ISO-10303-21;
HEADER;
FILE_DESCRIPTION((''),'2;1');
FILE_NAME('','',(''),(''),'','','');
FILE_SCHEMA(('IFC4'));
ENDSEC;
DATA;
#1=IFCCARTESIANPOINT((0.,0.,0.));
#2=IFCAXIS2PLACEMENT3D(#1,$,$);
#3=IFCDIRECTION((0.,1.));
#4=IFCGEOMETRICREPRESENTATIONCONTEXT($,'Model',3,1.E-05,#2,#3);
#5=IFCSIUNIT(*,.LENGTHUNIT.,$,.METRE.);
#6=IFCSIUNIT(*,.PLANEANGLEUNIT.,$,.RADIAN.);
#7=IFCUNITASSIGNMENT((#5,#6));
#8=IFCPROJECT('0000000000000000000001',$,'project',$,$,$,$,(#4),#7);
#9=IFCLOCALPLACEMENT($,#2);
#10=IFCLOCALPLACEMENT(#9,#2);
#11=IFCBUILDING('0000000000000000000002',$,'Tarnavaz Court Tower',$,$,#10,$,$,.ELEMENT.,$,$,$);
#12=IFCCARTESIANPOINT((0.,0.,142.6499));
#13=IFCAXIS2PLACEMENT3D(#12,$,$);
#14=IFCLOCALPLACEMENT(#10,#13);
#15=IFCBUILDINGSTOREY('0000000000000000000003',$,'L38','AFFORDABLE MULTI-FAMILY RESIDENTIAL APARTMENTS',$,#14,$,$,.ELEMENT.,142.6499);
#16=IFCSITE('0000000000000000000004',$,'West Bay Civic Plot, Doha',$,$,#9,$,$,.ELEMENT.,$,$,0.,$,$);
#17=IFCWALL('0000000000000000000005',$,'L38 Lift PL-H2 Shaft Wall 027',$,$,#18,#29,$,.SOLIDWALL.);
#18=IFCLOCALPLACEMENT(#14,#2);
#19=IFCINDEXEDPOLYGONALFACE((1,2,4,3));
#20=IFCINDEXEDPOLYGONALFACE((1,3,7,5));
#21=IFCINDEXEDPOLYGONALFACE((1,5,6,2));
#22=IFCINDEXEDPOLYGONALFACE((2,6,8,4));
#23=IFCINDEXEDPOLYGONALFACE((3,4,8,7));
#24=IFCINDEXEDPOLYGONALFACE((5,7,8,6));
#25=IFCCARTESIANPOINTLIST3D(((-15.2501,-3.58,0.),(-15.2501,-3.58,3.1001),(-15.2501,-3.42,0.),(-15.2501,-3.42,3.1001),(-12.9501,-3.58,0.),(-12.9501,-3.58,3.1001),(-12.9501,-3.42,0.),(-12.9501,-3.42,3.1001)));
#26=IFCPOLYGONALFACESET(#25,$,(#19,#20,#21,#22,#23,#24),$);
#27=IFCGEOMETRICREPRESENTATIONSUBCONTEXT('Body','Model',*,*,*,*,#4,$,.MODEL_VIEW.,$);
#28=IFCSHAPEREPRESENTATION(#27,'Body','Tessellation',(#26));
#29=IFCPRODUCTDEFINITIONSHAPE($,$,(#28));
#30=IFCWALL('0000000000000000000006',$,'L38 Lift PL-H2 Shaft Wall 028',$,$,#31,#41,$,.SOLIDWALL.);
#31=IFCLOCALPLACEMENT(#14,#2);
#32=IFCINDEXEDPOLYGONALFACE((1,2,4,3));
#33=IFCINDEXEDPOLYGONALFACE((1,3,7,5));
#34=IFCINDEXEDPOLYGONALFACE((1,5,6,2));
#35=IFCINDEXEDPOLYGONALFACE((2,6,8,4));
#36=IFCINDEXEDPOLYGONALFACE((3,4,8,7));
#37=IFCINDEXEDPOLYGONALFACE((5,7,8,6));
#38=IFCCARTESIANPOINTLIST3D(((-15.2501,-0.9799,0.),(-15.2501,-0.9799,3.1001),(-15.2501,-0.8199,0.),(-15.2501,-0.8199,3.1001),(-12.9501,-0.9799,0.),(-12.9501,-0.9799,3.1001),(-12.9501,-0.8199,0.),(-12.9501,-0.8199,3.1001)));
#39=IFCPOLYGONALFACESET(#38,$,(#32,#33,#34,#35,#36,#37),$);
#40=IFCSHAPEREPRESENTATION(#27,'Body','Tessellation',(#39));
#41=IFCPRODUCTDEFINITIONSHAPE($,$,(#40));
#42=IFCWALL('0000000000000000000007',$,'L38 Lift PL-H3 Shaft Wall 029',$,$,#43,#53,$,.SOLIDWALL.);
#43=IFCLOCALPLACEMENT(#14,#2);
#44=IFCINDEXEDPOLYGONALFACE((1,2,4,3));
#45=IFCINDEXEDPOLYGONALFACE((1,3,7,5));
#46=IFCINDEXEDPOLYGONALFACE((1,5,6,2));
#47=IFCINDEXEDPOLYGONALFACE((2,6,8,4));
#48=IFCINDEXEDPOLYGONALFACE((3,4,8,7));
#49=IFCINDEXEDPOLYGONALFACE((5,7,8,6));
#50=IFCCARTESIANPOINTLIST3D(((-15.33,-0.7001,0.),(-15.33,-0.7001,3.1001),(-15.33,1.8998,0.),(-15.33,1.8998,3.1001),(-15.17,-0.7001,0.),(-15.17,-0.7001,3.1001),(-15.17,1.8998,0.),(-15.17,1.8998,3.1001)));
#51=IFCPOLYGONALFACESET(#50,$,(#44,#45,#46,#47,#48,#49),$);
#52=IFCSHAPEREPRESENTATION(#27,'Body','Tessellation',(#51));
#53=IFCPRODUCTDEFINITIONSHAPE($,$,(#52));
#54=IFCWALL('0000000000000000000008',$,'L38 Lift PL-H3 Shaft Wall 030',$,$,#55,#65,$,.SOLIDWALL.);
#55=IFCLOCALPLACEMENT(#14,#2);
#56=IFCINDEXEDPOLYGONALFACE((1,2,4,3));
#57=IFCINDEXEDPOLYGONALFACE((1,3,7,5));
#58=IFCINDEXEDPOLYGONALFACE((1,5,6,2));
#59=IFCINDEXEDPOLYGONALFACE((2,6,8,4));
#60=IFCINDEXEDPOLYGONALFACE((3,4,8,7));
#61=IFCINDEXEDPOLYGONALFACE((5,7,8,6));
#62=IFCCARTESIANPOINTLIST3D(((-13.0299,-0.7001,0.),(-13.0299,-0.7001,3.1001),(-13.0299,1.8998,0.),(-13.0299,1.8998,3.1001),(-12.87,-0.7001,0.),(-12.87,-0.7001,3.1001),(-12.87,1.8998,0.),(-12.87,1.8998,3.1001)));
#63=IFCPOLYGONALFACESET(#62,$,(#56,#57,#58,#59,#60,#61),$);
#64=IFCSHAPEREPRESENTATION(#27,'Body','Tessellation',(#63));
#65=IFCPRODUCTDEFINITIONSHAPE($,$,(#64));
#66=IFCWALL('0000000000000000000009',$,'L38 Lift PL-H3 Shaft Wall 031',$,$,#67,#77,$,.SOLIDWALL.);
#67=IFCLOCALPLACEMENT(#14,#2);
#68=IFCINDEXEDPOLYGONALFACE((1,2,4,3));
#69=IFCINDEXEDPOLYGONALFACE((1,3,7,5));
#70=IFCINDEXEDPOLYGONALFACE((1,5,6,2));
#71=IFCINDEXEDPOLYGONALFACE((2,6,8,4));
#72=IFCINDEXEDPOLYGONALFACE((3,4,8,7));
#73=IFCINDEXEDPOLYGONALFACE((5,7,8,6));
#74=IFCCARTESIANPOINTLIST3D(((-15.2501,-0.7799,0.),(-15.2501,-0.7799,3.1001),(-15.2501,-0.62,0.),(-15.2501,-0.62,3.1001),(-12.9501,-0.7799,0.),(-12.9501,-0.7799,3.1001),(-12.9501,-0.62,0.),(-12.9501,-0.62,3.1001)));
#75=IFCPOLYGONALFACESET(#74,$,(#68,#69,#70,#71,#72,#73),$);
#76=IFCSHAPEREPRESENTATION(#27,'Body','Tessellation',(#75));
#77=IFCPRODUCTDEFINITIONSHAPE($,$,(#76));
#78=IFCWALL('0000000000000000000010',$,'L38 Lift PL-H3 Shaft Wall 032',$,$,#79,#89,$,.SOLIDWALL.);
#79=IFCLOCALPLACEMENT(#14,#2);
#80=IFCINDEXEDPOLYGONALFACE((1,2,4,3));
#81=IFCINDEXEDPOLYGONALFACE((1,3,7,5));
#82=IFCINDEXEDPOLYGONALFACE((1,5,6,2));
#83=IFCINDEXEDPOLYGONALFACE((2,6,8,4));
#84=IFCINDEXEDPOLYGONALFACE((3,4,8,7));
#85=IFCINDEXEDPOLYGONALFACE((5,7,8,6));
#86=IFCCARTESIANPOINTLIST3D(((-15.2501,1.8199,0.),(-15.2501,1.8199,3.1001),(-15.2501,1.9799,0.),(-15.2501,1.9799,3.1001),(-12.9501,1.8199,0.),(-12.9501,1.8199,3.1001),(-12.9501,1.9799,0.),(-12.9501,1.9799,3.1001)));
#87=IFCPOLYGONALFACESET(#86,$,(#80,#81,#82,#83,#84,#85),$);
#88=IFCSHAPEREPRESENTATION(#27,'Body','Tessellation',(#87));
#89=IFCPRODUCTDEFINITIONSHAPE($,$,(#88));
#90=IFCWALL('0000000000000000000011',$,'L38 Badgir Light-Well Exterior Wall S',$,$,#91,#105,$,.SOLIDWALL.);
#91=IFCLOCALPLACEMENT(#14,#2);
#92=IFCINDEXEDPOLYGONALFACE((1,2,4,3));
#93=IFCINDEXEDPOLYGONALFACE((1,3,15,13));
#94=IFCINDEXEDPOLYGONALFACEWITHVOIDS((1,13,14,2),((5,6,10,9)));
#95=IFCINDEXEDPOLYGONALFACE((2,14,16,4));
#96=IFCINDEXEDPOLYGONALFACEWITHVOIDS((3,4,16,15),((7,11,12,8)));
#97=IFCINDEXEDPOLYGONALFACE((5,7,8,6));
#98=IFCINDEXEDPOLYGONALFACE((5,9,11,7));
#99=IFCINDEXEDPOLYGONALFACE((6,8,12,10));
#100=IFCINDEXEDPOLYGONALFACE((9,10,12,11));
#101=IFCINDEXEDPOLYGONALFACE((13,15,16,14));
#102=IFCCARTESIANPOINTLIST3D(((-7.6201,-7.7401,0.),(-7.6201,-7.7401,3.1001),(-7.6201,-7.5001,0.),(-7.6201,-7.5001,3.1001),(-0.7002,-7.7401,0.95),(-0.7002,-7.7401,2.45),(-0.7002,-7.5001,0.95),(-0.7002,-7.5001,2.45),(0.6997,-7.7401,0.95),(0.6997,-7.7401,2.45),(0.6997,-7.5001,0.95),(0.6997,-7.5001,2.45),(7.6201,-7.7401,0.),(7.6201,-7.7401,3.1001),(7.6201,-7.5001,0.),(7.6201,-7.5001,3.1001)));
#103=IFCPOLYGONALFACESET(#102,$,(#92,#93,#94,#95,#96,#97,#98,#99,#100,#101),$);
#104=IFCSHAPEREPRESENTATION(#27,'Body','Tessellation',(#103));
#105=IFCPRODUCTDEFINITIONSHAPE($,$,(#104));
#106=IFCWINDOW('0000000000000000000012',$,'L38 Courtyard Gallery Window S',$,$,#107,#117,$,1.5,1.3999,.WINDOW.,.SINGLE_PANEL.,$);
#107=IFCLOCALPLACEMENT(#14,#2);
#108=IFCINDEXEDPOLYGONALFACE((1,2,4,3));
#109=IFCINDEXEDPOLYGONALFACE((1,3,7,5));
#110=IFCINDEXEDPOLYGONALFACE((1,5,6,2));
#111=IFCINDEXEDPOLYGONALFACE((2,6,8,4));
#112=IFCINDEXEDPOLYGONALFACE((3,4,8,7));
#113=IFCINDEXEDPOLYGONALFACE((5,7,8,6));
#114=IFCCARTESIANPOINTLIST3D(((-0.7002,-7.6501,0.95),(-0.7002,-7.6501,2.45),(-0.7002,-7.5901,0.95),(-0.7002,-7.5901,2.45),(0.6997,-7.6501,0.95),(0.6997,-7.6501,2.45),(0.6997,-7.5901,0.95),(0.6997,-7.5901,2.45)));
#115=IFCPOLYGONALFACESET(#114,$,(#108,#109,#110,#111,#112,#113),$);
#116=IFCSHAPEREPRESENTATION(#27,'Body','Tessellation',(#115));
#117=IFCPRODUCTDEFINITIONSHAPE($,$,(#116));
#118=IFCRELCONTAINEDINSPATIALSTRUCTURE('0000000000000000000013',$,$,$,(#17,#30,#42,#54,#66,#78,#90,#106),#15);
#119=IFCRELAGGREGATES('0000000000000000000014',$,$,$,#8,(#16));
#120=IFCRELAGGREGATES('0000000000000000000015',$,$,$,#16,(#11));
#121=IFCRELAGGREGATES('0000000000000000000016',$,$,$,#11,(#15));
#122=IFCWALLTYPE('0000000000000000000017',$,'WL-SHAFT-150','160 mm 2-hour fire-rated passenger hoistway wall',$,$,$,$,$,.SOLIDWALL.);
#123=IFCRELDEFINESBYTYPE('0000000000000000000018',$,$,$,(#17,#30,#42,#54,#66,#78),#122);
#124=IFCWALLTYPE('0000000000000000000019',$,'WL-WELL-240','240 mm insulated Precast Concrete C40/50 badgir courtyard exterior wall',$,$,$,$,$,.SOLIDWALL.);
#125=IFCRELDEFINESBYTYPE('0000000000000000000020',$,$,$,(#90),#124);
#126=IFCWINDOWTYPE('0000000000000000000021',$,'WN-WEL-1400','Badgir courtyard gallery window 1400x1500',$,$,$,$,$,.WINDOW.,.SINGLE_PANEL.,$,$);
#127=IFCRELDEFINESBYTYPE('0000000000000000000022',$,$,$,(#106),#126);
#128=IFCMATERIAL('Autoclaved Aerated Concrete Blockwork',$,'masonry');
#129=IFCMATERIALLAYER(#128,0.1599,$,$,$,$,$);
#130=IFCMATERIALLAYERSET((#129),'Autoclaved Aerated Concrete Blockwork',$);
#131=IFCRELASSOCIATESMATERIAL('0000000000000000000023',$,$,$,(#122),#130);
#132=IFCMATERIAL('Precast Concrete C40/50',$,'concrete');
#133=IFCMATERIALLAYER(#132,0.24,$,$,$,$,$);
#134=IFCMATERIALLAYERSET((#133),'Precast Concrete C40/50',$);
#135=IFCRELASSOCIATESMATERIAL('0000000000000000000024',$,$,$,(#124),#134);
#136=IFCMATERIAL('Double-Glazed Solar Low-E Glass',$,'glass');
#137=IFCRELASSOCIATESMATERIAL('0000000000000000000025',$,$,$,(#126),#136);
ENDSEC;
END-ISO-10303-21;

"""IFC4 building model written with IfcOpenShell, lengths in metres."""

from ifc_helpers import new_model, si_unit, direction, frame, frame_2d, origin, place, context, subcontext, project, spatial, rectangle, extrude, material, layer, layer_set, type_object, element, fill, save


model = new_model("IFC4")

# Units and contexts
model_context = context("Model", 3, precision=1e-05, world=origin(), true_north=direction((0.0, 1.0)))
body_context = subcontext(model_context, "Body", "Model", "MODEL_VIEW")
ifc_project = project(units=[si_unit("LENGTHUNIT", "METRE"), si_unit("PLANEANGLEUNIT", "RADIAN")], contexts=[model_context])

# Site, building, storey
site_placement = place(None, origin())
site = spatial("IfcSite", under=ifc_project, at=site_placement, Name="West Bay Civic Plot, Doha", CompositionType="ELEMENT", RefElevation=0.0)
building_placement = place(site_placement, origin())
building = spatial("IfcBuilding", under=site, at=building_placement, Name="Tarnavaz Court Tower", CompositionType="ELEMENT")
storey_placement = place(building_placement, frame((0.0, 0.0, 142.6499)))
storey = spatial("IfcBuildingStorey", under=building, at=storey_placement, Name="L38", Description="AFFORDABLE MULTI-FAMILY RESIDENTIAL APARTMENTS", CompositionType="ELEMENT", Elevation=142.6499)

# Walls
ifc_material_1 = material(Name="Autoclaved Aerated Concrete Blockwork", Category="masonry")
ifc_layer_1 = layer(ifc_material_1, 0.1599)
ifc_layer_set_1 = layer_set([ifc_layer_1], Name="Autoclaved Aerated Concrete Blockwork")
wall_type_1 = type_object("IfcWallType", Name="WL-SHAFT-150", Description="160 mm 2-hour fire-rated passenger hoistway wall", PredefinedType="SOLIDWALL", material=ifc_layer_set_1)
for number, where, z_axis, x_axis, name in (
    (1, (-15.25, -3.5, 0.0), (0.0, 0.0, 1.0), (1.0, 0.0, 0.0), "L38 Lift PL-H2 Shaft Wall 027"),
    (2, (-15.25, -0.8999, 0.0), (0.0, 0.0, 1.0), (1.0, 0.0, 0.0), "L38 Lift PL-H2 Shaft Wall 028"),
):
    element("IfcWall", number, at=place(storey_placement, frame(where, z_axis=z_axis, x_axis=x_axis)), inside=storey, type_object=wall_type_1, Name=name, PredefinedType="SOLIDWALL", context=body_context, shape_type="SweptSolid", body=[
        extrude(rectangle(XDim=2.3, YDim=0.1599, at=frame_2d((1.1499, 0.0))), origin(), (0.0, 0.0, 1.0), 3.1001),
    ])
for number, where, z_axis, x_axis, name in (
    (3, (-15.25, -0.7, 0.0), (0.0, 0.0, 1.0), (0.0, 1.0, 0.0), "L38 Lift PL-H3 Shaft Wall 029"),
    (4, (-12.95, -0.7, 0.0), (0.0, 0.0, 1.0), (0.0, 1.0, 0.0), "L38 Lift PL-H3 Shaft Wall 030"),
):
    element("IfcWall", number, at=place(storey_placement, frame(where, z_axis=z_axis, x_axis=x_axis)), inside=storey, type_object=wall_type_1, Name=name, PredefinedType="SOLIDWALL", context=body_context, shape_type="SweptSolid", body=[
        extrude(rectangle(XDim=2.5999, YDim=0.1599, at=frame_2d((1.2998, 0.0))), origin(), (0.0, 0.0, 1.0), 3.1001),
    ])
for number, where, z_axis, x_axis, name in (
    (5, (-15.25, -0.7, 0.0), (0.0, 0.0, 1.0), (1.0, 0.0, 0.0), "L38 Lift PL-H3 Shaft Wall 031"),
    (6, (-15.25, 1.8999, 0.0), (0.0, 0.0, 1.0), (1.0, 0.0, 0.0), "L38 Lift PL-H3 Shaft Wall 032"),
):
    element("IfcWall", number, at=place(storey_placement, frame(where, z_axis=z_axis, x_axis=x_axis)), inside=storey, type_object=wall_type_1, Name=name, PredefinedType="SOLIDWALL", context=body_context, shape_type="SweptSolid", body=[
        extrude(rectangle(XDim=2.3, YDim=0.1599, at=frame_2d((1.1499, 0.0))), origin(), (0.0, 0.0, 1.0), 3.1001),
    ])

# Wall, opening, window
ifc_material_2 = material(Name="Precast Concrete C40/50", Category="concrete")
ifc_layer_2 = layer(ifc_material_2, 0.24)
ifc_layer_set_2 = layer_set([ifc_layer_2], Name="Precast Concrete C40/50")
wall_type_2 = type_object("IfcWallType", Name="WL-WELL-240", Description="240 mm insulated Precast Concrete C40/50 badgir courtyard exterior wall", PredefinedType="SOLIDWALL", material=ifc_layer_set_2)
wall_1_placement = place(storey_placement, frame((-7.6201, -7.6201, 0.0), z_axis=(0.0, 0.0, 1.0), x_axis=(1.0, 0.0, 0.0)))
wall_1 = element("IfcWall", 7, at=wall_1_placement, inside=storey, type_object=wall_type_2, Name="L38 Badgir Light-Well Exterior Wall S", PredefinedType="SOLIDWALL", context=body_context, shape_type="SweptSolid", body=[
    extrude(rectangle(XDim=15.2402, YDim=0.24, at=frame_2d((7.6201, 0.0))), origin(), (0.0, 0.0, 1.0), 3.1001),
])
opening_1_placement = place(wall_1_placement, frame((6.9199, 0.0, 0.95)))
opening_1 = element("IfcOpeningElement", 8, at=opening_1_placement, cuts=wall_1, PredefinedType="OPENING", context=body_context, shape_type="SweptSolid", body=[
    extrude(rectangle(XDim=1.3999, YDim=1.5, at=frame_2d((0.7, 0.75))), frame((0.0, 0.1299, 0.0), z_axis=(0.0, -1.0, 0.0), x_axis=(1.0, 0.0, 0.0)), (0.0, 0.0, 1.0), 0.26),
])
ifc_material_3 = material(Name="Double-Glazed Solar Low-E Glass", Category="glass")
window_type = type_object("IfcWindowType", Name="WN-WEL-1400", Description="Badgir courtyard gallery window 1400x1500", PartitioningType="SINGLE_PANEL", PredefinedType="WINDOW", material=ifc_material_3)
window_placement = place(opening_1_placement, origin())
window = element("IfcWindow", 9, at=window_placement, inside=storey, type_object=window_type, Name="L38 Courtyard Gallery Window S", OverallHeight=1.5, OverallWidth=1.3999, PartitioningType="SINGLE_PANEL", PredefinedType="WINDOW", context=body_context, shape_type="SweptSolid", body=[
    extrude(rectangle(XDim=1.3999, YDim=1.5, at=frame_2d((0.7, 0.75))), frame((0.0, 0.03, 0.0), z_axis=(0.0, -1.0, 0.0), x_axis=(1.0, 0.0, 0.0)), (0.0, 0.0, 1.0), 0.0601),
])
fill(opening_1, window)

save(model, "model.ifc")
